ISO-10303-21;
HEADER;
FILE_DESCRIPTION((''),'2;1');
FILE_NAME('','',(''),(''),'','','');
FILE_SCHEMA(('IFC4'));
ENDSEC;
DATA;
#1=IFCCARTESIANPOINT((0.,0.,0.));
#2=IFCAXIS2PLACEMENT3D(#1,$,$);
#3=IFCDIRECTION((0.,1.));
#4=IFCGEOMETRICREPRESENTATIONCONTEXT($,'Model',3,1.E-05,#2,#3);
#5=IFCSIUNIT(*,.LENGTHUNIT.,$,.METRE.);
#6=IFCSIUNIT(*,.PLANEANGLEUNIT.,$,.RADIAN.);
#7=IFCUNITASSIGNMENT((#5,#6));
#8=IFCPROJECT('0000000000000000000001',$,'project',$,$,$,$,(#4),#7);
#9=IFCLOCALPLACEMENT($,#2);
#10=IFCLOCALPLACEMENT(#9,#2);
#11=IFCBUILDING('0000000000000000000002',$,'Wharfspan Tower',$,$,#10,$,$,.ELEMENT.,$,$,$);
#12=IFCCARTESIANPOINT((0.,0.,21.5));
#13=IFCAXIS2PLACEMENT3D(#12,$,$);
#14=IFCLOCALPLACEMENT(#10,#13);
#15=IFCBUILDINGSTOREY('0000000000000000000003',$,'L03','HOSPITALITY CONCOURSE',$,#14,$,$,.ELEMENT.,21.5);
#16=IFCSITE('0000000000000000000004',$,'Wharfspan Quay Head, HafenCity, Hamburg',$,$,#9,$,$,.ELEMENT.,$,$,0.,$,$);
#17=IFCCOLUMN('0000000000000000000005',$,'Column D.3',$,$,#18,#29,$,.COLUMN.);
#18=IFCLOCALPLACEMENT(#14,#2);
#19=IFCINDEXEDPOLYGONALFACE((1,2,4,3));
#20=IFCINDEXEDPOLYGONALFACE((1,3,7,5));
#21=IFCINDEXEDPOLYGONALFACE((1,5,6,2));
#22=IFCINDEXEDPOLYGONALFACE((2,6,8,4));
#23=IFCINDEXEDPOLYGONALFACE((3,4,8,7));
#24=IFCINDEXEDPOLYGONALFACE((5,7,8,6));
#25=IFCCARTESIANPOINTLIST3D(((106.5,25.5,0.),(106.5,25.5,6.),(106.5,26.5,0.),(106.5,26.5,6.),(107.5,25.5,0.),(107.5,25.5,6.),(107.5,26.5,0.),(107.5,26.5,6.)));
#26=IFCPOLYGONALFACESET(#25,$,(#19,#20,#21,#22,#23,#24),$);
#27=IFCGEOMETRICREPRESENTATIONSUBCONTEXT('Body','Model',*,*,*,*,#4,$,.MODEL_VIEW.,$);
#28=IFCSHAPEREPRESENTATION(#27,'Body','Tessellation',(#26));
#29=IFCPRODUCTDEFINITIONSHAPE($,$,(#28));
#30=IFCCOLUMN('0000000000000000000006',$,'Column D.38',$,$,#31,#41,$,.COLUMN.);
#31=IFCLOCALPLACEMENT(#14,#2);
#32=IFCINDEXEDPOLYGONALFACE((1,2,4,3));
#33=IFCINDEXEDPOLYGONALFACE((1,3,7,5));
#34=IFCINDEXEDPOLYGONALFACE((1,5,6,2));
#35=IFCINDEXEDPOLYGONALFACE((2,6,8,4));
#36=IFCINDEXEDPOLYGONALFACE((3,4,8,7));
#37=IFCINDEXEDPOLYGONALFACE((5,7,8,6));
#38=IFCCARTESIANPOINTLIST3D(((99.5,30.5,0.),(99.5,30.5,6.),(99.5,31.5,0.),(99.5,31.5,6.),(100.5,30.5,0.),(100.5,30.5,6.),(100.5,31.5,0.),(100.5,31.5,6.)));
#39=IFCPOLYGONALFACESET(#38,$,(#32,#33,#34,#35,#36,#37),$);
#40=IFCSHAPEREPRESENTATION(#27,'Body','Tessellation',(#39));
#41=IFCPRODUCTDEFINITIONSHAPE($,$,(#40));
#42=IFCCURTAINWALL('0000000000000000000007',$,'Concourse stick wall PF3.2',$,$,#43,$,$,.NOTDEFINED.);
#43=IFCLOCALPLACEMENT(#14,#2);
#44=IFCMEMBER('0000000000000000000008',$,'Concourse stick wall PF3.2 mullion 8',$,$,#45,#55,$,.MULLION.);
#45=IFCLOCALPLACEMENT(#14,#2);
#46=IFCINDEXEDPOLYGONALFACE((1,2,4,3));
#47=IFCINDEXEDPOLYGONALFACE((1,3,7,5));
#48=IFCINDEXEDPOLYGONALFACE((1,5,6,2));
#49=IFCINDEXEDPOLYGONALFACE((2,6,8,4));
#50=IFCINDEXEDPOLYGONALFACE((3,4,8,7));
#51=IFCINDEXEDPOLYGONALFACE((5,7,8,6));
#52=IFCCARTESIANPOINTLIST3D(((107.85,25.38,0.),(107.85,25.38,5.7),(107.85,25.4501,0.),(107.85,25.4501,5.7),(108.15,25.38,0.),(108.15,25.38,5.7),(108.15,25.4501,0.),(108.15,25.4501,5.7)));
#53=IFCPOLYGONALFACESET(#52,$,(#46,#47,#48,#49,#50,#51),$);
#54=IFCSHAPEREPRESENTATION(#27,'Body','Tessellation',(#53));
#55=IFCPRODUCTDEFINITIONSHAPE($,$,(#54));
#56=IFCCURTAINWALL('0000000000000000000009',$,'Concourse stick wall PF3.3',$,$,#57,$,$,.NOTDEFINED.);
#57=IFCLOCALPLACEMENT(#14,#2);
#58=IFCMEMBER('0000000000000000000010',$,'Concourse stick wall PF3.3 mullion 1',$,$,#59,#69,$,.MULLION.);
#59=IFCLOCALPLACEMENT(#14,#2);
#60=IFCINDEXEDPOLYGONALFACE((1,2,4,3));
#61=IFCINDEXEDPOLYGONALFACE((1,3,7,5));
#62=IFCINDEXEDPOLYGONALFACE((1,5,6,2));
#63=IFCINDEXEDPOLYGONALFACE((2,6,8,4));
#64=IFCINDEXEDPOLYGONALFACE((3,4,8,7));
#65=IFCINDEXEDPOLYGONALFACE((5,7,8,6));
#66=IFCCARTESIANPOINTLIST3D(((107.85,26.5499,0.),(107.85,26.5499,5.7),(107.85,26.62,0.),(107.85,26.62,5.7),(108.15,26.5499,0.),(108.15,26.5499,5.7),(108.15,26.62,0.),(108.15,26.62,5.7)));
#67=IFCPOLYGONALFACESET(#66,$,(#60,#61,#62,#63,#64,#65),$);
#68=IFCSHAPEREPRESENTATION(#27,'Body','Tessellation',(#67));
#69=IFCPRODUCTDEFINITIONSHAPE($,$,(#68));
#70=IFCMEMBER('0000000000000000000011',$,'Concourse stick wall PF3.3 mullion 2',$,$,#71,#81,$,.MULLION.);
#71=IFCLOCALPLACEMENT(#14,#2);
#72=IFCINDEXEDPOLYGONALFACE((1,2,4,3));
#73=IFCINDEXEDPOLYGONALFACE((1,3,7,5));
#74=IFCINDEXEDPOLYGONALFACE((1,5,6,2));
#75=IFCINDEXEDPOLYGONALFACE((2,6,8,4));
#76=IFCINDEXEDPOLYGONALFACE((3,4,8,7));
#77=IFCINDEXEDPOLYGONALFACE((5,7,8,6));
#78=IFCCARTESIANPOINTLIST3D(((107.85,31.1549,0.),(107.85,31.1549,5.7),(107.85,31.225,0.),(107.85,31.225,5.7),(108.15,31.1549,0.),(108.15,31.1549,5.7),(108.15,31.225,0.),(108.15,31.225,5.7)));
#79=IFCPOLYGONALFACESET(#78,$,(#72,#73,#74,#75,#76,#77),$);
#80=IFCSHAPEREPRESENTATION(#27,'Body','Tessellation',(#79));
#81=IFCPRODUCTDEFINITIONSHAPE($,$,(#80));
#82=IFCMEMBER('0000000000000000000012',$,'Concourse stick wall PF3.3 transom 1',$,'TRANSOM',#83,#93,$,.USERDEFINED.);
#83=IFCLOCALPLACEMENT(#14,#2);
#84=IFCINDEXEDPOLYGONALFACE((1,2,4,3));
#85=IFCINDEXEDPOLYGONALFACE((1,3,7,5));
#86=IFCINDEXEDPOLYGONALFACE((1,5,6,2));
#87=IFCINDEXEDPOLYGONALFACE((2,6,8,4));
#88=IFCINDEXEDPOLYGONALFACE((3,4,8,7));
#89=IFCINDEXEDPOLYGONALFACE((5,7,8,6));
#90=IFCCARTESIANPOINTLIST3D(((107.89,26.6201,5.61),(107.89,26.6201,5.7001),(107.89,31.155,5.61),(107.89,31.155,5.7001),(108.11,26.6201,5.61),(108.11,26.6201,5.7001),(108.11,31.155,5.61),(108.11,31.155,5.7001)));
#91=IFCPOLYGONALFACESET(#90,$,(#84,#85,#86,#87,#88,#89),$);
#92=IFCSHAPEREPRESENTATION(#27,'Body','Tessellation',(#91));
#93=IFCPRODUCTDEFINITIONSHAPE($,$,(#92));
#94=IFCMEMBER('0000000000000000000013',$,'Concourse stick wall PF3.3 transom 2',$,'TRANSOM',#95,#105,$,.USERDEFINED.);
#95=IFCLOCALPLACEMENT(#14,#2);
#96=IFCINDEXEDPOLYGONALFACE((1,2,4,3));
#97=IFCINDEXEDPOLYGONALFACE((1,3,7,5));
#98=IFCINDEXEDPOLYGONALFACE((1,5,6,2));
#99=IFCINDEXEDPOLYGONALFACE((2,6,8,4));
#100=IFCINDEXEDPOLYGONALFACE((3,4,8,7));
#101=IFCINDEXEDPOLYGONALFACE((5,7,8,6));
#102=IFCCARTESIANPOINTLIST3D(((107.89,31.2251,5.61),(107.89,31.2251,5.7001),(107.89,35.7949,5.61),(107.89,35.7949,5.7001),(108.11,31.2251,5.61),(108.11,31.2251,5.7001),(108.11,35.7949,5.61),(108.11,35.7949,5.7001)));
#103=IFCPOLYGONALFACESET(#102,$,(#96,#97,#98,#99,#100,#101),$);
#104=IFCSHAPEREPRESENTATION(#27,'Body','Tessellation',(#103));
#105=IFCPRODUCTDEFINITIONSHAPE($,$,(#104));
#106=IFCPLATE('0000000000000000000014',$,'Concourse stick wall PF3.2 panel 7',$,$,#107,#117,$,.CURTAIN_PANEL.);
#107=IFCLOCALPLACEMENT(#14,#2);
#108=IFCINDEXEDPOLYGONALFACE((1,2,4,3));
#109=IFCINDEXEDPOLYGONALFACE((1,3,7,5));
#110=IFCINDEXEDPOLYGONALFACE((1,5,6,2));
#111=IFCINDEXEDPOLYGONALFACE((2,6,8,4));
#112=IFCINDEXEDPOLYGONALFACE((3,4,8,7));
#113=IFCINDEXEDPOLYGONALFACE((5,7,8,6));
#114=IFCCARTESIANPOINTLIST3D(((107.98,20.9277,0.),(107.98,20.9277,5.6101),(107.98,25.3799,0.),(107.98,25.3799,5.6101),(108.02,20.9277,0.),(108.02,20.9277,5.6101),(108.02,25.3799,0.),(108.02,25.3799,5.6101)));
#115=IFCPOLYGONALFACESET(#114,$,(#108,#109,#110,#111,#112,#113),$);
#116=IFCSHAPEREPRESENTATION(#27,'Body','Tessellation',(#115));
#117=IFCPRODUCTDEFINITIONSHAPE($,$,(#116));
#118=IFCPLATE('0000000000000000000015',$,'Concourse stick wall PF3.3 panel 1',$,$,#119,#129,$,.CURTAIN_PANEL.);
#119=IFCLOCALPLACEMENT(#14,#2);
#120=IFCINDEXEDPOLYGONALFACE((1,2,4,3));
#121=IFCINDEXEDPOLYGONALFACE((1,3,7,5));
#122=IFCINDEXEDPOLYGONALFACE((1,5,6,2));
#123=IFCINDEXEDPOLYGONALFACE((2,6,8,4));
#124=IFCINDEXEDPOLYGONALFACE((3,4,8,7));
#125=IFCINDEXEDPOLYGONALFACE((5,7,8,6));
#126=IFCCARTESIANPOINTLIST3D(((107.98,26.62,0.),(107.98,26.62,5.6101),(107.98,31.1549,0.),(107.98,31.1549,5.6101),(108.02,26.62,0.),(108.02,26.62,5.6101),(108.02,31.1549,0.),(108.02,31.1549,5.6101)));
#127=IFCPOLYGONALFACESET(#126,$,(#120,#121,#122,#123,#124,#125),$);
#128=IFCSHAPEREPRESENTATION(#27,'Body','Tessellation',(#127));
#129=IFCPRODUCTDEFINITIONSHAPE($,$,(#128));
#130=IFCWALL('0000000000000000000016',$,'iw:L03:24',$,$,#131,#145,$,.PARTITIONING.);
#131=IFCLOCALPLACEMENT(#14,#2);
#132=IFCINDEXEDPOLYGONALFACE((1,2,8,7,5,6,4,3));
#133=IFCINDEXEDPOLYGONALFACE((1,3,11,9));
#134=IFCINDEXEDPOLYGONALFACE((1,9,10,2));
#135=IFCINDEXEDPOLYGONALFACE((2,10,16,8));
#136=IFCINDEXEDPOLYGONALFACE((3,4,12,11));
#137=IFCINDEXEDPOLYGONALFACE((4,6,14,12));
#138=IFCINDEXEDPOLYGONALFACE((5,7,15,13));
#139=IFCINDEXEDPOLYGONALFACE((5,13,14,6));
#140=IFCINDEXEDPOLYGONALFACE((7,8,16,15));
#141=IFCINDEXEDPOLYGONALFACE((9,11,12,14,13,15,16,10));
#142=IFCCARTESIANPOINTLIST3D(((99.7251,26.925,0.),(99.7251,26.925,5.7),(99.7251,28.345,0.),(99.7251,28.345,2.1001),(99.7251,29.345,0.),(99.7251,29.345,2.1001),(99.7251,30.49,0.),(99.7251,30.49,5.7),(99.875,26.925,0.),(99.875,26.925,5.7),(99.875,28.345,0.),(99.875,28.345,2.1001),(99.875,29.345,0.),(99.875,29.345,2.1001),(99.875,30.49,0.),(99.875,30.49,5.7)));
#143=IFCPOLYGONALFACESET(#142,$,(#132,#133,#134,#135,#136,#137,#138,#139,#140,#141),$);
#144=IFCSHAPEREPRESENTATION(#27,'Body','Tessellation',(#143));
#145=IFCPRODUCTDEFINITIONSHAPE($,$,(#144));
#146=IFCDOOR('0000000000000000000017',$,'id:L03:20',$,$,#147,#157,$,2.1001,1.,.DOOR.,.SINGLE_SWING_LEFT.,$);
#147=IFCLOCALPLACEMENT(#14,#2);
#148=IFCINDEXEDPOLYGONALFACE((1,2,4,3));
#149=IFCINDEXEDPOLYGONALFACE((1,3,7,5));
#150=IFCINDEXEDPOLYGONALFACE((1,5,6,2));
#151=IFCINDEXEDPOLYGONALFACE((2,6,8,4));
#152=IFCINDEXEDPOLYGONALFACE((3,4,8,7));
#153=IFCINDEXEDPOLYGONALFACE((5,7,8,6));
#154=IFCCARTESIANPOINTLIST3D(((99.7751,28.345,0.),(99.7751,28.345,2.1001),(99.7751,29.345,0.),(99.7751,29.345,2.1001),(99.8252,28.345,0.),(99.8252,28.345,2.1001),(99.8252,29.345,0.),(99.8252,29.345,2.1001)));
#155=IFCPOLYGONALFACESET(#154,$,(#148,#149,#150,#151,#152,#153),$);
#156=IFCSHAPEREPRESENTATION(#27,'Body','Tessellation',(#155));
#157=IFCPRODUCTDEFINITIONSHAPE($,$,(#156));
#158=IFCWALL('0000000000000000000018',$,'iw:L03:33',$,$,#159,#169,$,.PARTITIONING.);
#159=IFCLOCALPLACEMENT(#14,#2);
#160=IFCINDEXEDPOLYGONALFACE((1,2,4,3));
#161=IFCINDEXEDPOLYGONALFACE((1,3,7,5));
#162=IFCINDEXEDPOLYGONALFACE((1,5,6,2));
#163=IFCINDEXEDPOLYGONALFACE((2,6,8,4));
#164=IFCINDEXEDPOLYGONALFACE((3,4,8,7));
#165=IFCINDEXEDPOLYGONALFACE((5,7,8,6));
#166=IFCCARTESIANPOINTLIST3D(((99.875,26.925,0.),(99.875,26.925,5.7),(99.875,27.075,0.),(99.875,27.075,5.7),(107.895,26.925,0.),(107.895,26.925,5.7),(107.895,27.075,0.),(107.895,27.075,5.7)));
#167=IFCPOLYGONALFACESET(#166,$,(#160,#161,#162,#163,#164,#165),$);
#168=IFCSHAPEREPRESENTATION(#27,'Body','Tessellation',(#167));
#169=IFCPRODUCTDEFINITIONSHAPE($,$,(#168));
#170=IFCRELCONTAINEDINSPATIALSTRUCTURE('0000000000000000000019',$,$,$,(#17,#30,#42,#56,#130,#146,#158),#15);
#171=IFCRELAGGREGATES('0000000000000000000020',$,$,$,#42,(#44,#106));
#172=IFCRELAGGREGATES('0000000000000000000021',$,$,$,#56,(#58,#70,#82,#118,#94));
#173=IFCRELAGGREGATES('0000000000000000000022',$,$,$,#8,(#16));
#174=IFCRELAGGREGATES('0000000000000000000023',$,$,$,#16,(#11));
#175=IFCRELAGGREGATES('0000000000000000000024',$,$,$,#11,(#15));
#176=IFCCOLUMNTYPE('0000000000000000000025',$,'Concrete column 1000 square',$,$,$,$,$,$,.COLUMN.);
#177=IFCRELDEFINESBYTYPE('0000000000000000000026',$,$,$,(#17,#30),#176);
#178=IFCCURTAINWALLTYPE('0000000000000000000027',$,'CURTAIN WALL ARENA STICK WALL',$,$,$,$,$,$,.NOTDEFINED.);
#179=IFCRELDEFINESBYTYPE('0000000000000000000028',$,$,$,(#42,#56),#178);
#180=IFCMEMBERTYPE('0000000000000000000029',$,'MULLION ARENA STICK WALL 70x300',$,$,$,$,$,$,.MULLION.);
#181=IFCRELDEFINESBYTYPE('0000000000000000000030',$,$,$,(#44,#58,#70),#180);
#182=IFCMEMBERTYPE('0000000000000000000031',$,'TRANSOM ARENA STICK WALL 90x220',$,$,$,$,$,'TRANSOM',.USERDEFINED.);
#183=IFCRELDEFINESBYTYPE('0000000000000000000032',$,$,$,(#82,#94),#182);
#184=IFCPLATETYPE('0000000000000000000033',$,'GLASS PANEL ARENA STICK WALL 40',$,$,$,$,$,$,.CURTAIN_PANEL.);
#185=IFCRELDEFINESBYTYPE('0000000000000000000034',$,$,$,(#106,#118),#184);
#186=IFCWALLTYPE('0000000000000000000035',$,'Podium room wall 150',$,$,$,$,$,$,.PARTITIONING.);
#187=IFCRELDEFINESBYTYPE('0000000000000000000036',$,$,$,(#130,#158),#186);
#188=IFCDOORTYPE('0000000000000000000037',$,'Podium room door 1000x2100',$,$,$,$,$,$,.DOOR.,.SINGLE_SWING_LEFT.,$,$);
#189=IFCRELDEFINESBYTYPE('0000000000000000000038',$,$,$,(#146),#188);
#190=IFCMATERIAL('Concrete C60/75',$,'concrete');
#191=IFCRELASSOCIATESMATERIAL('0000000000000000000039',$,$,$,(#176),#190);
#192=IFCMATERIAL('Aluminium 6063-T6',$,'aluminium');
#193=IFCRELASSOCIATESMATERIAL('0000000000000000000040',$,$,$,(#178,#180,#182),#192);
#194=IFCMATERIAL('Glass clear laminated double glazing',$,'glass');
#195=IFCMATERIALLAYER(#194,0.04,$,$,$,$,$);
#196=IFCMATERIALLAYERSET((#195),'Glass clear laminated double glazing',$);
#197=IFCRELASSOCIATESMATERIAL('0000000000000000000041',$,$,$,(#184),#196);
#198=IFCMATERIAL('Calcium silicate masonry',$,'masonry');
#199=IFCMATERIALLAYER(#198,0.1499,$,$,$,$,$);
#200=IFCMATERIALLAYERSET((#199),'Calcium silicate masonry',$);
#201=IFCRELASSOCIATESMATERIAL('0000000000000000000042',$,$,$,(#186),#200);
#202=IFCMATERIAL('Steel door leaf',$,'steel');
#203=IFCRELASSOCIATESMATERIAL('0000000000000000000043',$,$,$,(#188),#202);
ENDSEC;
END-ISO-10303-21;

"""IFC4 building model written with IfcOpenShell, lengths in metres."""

from ifc_helpers import new_model, si_unit, direction, frame, frame_2d, origin, origin_2d, place, context, subcontext, project, spatial, rectangle, extrude, material, layer, layer_set, material_profile, profile_set, type_object, element, fill, aggregate, save


model = new_model("IFC4")

# Units and contexts
model_context = context("Model", 3, precision=1e-05, world=origin(), true_north=direction((0.0, 1.0)))
body_context = subcontext(model_context, "Body", "Model", "MODEL_VIEW")
ifc_project = project(units=[si_unit("LENGTHUNIT", "METRE"), si_unit("PLANEANGLEUNIT", "RADIAN")], contexts=[model_context])

# Site, building, storey
site_placement = place(None, origin())
site = spatial("IfcSite", under=ifc_project, at=site_placement, Name="Wharfspan Quay Head, HafenCity, Hamburg", CompositionType="ELEMENT", RefElevation=0.0)
building_placement = place(site_placement, origin())
building = spatial("IfcBuilding", under=site, at=building_placement, Name="Wharfspan Tower", CompositionType="ELEMENT")
storey_placement = place(building_placement, frame((0.0, 0.0, 21.5)))
storey = spatial("IfcBuildingStorey", under=building, at=storey_placement, Name="L03", Description="HOSPITALITY CONCOURSE", CompositionType="ELEMENT", Elevation=21.5)

# Columns
ifc_material_1 = material(Name="Concrete C60/75", Category="concrete")
ifc_material_profile_1 = material_profile(ifc_material_1, rectangle(XDim=1.0, YDim=1.0, at=origin_2d()))
ifc_profile_set_1 = profile_set([ifc_material_profile_1], Name="Concrete C60/75")
column_type = type_object("IfcColumnType", Name="Concrete column 1000 square", PredefinedType="COLUMN", material=ifc_profile_set_1)
for number, where, z_axis, x_axis, name in (
    (1, (107.0, 26.0, 0.0), (0.0, 0.0, 1.0), (1.0, 0.0, 0.0), "Column D.3"),
    (2, (100.0, 31.0, 0.0), (0.0, 0.0, 1.0), (1.0, 0.0, 0.0), "Column D.38"),
):
    element("IfcColumn", number, at=place(storey_placement, frame(where, z_axis=z_axis, x_axis=x_axis)), inside=storey, type_object=column_type, Name=name, PredefinedType="COLUMN", context=body_context, shape_type="SweptSolid", body=[
        extrude(rectangle(XDim=1.0, YDim=1.0, at=origin_2d()), origin(), (0.0, 0.0, 1.0), 6.0),
    ])

# Curtain wall, member
ifc_material_2 = material(Name="Aluminium 6063-T6", Category="aluminium")
curtain_wall_type = type_object("IfcCurtainWallType", Name="CURTAIN WALL ARENA STICK WALL", PredefinedType="NOTDEFINED", material=ifc_material_2)
curtain_wall_1_placement = place(storey_placement, origin())
curtain_wall_1 = element("IfcCurtainWall", 3, at=curtain_wall_1_placement, inside=storey, type_object=curtain_wall_type, Name="Concourse stick wall PF3.2", PredefinedType="NOTDEFINED")
ifc_material_profile_2 = material_profile(ifc_material_2, rectangle(XDim=0.3, YDim=0.0701, at=origin_2d()))
ifc_profile_set_2 = profile_set([ifc_material_profile_2], Name="Aluminium 6063-T6")
member_type_1 = type_object("IfcMemberType", Name="MULLION ARENA STICK WALL 70x300", PredefinedType="MULLION", material=ifc_profile_set_2)
member_1_placement = place(storey_placement, frame((108.0, 25.415, 0.0), z_axis=(0.0, 0.0, 1.0), x_axis=(-1.0, 0.0, 0.0)))
member_1 = element("IfcMember", 4, at=member_1_placement, type_object=member_type_1, Name="Concourse stick wall PF3.2 mullion 8", PredefinedType="MULLION", context=body_context, shape_type="SweptSolid", body=[
    extrude(rectangle(XDim=0.3, YDim=0.0701, at=origin_2d()), origin(), (0.0, 0.0, 1.0), 5.7),
])

# Curtain wall, members
curtain_wall_2_placement = place(storey_placement, origin())
curtain_wall_2 = element("IfcCurtainWall", 5, at=curtain_wall_2_placement, inside=storey, type_object=curtain_wall_type, Name="Concourse stick wall PF3.3", PredefinedType="NOTDEFINED")
member_2_placement = place(storey_placement, frame((108.0, 26.585, 0.0), z_axis=(0.0, 0.0, 1.0), x_axis=(-1.0, 0.0, 0.0)))
member_2 = element("IfcMember", 6, at=member_2_placement, type_object=member_type_1, Name="Concourse stick wall PF3.3 mullion 1", PredefinedType="MULLION", context=body_context, shape_type="SweptSolid", body=[
    extrude(rectangle(XDim=0.3, YDim=0.0701, at=origin_2d()), origin(), (0.0, 0.0, 1.0), 5.7),
])
member_3_placement = place(storey_placement, frame((108.0, 31.1899, 0.0), z_axis=(0.0, 0.0, 1.0), x_axis=(-1.0, 0.0, 0.0)))
member_3 = element("IfcMember", 7, at=member_3_placement, type_object=member_type_1, Name="Concourse stick wall PF3.3 mullion 2", PredefinedType="MULLION", context=body_context, shape_type="SweptSolid", body=[
    extrude(rectangle(XDim=0.3, YDim=0.0701, at=origin_2d()), origin(), (0.0, 0.0, 1.0), 5.7),
])
ifc_material_profile_3 = material_profile(ifc_material_2, rectangle(XDim=0.22, YDim=0.0901, at=origin_2d()))
ifc_profile_set_3 = profile_set([ifc_material_profile_3], Name="Aluminium 6063-T6")
member_type_2 = type_object("IfcMemberType", Name="TRANSOM ARENA STICK WALL 90x220", ElementType="TRANSOM", PredefinedType="USERDEFINED", material=ifc_profile_set_3)
member_4_placement = place(storey_placement, frame((108.0, 26.6201, 5.655), z_axis=(0.0, 1.0, 0.0), x_axis=(-1.0, 0.0, 0.0)))
member_4 = element("IfcMember", 8, at=member_4_placement, type_object=member_type_2, Name="Concourse stick wall PF3.3 transom 1", ObjectType="TRANSOM", PredefinedType="USERDEFINED", context=body_context, shape_type="SweptSolid", body=[
    extrude(rectangle(XDim=0.22, YDim=0.0901, at=origin_2d()), origin(), (0.0, 0.0, 1.0), 4.5349),
])
member_5_placement = place(storey_placement, frame((108.0, 31.2251, 5.655), z_axis=(0.0, 1.0, 0.0), x_axis=(-1.0, 0.0, 0.0)))
member_5 = element("IfcMember", 9, at=member_5_placement, type_object=member_type_2, Name="Concourse stick wall PF3.3 transom 2", ObjectType="TRANSOM", PredefinedType="USERDEFINED", context=body_context, shape_type="SweptSolid", body=[
    extrude(rectangle(XDim=0.22, YDim=0.0901, at=origin_2d()), origin(), (0.0, 0.0, 1.0), 4.5698),
])

# Plates
ifc_material_3 = material(Name="Glass clear laminated double glazing", Category="glass")
ifc_layer_1 = layer(ifc_material_3, 0.04)
ifc_layer_set_1 = layer_set([ifc_layer_1], Name="Glass clear laminated double glazing")
plate_type = type_object("IfcPlateType", Name="GLASS PANEL ARENA STICK WALL 40", PredefinedType="CURTAIN_PANEL", material=ifc_layer_set_1)
plate_1_placement = place(storey_placement, frame((108.0, 23.1538, 0.0), z_axis=(0.0, 0.0, 1.0), x_axis=(0.0, 1.0, 0.0)))
plate_1 = element("IfcPlate", 10, at=plate_1_placement, type_object=plate_type, Name="Concourse stick wall PF3.2 panel 7", PredefinedType="CURTAIN_PANEL", context=body_context, shape_type="SweptSolid", body=[
    extrude(rectangle(XDim=4.4521, YDim=0.04, at=origin_2d()), origin(), (0.0, 0.0, 1.0), 5.6101),
])
aggregate(curtain_wall_1, [member_1, plate_1])
plate_2_placement = place(storey_placement, frame((108.0, 28.8875, 0.0), z_axis=(0.0, 0.0, 1.0), x_axis=(0.0, 1.0, 0.0)))
plate_2 = element("IfcPlate", 11, at=plate_2_placement, type_object=plate_type, Name="Concourse stick wall PF3.3 panel 1", PredefinedType="CURTAIN_PANEL", context=body_context, shape_type="SweptSolid", body=[
    extrude(rectangle(XDim=4.5349, YDim=0.04, at=origin_2d()), origin(), (0.0, 0.0, 1.0), 5.6101),
])
aggregate(curtain_wall_2, [member_2, member_3, member_4, plate_2, member_5])

# Wall, opening, door
ifc_material_4 = material(Name="Calcium silicate masonry", Category="masonry")
ifc_layer_2 = layer(ifc_material_4, 0.1499)
ifc_layer_set_2 = layer_set([ifc_layer_2], Name="Calcium silicate masonry")
wall_type = type_object("IfcWallType", Name="Podium room wall 150", PredefinedType="PARTITIONING", material=ifc_layer_set_2)
wall_1_placement = place(storey_placement, frame((99.8, 26.925, 0.0), z_axis=(0.0, 0.0, 1.0), x_axis=(0.0, 1.0, 0.0)))
wall_1 = element("IfcWall", 12, at=wall_1_placement, inside=storey, type_object=wall_type, Name="iw:L03:24", PredefinedType="PARTITIONING", context=body_context, shape_type="SweptSolid", body=[
    extrude(rectangle(XDim=3.5649, YDim=0.1499, at=frame_2d((1.7825, 0.0))), origin(), (0.0, 0.0, 1.0), 5.7),
])
opening_placement = place(wall_1_placement, frame((1.4199, 0.0, 0.0)))
opening = element("IfcOpeningElement", 13, at=opening_placement, cuts=wall_1, PredefinedType="OPENING", context=body_context, shape_type="SweptSolid", body=[
    extrude(rectangle(XDim=1.0, YDim=2.1001, at=frame_2d((0.5, 1.05))), frame((0.0, 0.085, 0.0), z_axis=(0.0, -1.0, 0.0), x_axis=(1.0, 0.0, 0.0)), (0.0, 0.0, 1.0), 0.1699),
])
ifc_material_5 = material(Name="Steel door leaf", Category="steel")
door_type = type_object("IfcDoorType", Name="Podium room door 1000x2100", OperationType="SINGLE_SWING_LEFT", PredefinedType="DOOR", material=ifc_material_5)
door_placement = place(opening_placement, origin())
door = element("IfcDoor", 14, at=door_placement, inside=storey, type_object=door_type, Name="id:L03:20", OperationType="SINGLE_SWING_LEFT", OverallHeight=2.1001, OverallWidth=1.0, PredefinedType="DOOR", context=body_context, shape_type="SweptSolid", body=[
    extrude(rectangle(XDim=1.0, YDim=2.1001, at=frame_2d((0.5, 1.05))), frame((0.0, 0.0249, 0.0), z_axis=(0.0, -1.0, 0.0), x_axis=(1.0, 0.0, 0.0)), (0.0, 0.0, 1.0), 0.05),
])
fill(opening, door)

# Wall
wall_2_placement = place(storey_placement, frame((99.875, 27.0, 0.0), z_axis=(0.0, 0.0, 1.0), x_axis=(1.0, 0.0, 0.0)))
element("IfcWall", 15, at=wall_2_placement, inside=storey, type_object=wall_type, Name="iw:L03:33", PredefinedType="PARTITIONING", context=body_context, shape_type="SweptSolid", body=[
    extrude(rectangle(XDim=8.02, YDim=0.1499, at=frame_2d((4.01, 0.0))), origin(), (0.0, 0.0, 1.0), 5.7),
])

save(model, "model.ifc")
